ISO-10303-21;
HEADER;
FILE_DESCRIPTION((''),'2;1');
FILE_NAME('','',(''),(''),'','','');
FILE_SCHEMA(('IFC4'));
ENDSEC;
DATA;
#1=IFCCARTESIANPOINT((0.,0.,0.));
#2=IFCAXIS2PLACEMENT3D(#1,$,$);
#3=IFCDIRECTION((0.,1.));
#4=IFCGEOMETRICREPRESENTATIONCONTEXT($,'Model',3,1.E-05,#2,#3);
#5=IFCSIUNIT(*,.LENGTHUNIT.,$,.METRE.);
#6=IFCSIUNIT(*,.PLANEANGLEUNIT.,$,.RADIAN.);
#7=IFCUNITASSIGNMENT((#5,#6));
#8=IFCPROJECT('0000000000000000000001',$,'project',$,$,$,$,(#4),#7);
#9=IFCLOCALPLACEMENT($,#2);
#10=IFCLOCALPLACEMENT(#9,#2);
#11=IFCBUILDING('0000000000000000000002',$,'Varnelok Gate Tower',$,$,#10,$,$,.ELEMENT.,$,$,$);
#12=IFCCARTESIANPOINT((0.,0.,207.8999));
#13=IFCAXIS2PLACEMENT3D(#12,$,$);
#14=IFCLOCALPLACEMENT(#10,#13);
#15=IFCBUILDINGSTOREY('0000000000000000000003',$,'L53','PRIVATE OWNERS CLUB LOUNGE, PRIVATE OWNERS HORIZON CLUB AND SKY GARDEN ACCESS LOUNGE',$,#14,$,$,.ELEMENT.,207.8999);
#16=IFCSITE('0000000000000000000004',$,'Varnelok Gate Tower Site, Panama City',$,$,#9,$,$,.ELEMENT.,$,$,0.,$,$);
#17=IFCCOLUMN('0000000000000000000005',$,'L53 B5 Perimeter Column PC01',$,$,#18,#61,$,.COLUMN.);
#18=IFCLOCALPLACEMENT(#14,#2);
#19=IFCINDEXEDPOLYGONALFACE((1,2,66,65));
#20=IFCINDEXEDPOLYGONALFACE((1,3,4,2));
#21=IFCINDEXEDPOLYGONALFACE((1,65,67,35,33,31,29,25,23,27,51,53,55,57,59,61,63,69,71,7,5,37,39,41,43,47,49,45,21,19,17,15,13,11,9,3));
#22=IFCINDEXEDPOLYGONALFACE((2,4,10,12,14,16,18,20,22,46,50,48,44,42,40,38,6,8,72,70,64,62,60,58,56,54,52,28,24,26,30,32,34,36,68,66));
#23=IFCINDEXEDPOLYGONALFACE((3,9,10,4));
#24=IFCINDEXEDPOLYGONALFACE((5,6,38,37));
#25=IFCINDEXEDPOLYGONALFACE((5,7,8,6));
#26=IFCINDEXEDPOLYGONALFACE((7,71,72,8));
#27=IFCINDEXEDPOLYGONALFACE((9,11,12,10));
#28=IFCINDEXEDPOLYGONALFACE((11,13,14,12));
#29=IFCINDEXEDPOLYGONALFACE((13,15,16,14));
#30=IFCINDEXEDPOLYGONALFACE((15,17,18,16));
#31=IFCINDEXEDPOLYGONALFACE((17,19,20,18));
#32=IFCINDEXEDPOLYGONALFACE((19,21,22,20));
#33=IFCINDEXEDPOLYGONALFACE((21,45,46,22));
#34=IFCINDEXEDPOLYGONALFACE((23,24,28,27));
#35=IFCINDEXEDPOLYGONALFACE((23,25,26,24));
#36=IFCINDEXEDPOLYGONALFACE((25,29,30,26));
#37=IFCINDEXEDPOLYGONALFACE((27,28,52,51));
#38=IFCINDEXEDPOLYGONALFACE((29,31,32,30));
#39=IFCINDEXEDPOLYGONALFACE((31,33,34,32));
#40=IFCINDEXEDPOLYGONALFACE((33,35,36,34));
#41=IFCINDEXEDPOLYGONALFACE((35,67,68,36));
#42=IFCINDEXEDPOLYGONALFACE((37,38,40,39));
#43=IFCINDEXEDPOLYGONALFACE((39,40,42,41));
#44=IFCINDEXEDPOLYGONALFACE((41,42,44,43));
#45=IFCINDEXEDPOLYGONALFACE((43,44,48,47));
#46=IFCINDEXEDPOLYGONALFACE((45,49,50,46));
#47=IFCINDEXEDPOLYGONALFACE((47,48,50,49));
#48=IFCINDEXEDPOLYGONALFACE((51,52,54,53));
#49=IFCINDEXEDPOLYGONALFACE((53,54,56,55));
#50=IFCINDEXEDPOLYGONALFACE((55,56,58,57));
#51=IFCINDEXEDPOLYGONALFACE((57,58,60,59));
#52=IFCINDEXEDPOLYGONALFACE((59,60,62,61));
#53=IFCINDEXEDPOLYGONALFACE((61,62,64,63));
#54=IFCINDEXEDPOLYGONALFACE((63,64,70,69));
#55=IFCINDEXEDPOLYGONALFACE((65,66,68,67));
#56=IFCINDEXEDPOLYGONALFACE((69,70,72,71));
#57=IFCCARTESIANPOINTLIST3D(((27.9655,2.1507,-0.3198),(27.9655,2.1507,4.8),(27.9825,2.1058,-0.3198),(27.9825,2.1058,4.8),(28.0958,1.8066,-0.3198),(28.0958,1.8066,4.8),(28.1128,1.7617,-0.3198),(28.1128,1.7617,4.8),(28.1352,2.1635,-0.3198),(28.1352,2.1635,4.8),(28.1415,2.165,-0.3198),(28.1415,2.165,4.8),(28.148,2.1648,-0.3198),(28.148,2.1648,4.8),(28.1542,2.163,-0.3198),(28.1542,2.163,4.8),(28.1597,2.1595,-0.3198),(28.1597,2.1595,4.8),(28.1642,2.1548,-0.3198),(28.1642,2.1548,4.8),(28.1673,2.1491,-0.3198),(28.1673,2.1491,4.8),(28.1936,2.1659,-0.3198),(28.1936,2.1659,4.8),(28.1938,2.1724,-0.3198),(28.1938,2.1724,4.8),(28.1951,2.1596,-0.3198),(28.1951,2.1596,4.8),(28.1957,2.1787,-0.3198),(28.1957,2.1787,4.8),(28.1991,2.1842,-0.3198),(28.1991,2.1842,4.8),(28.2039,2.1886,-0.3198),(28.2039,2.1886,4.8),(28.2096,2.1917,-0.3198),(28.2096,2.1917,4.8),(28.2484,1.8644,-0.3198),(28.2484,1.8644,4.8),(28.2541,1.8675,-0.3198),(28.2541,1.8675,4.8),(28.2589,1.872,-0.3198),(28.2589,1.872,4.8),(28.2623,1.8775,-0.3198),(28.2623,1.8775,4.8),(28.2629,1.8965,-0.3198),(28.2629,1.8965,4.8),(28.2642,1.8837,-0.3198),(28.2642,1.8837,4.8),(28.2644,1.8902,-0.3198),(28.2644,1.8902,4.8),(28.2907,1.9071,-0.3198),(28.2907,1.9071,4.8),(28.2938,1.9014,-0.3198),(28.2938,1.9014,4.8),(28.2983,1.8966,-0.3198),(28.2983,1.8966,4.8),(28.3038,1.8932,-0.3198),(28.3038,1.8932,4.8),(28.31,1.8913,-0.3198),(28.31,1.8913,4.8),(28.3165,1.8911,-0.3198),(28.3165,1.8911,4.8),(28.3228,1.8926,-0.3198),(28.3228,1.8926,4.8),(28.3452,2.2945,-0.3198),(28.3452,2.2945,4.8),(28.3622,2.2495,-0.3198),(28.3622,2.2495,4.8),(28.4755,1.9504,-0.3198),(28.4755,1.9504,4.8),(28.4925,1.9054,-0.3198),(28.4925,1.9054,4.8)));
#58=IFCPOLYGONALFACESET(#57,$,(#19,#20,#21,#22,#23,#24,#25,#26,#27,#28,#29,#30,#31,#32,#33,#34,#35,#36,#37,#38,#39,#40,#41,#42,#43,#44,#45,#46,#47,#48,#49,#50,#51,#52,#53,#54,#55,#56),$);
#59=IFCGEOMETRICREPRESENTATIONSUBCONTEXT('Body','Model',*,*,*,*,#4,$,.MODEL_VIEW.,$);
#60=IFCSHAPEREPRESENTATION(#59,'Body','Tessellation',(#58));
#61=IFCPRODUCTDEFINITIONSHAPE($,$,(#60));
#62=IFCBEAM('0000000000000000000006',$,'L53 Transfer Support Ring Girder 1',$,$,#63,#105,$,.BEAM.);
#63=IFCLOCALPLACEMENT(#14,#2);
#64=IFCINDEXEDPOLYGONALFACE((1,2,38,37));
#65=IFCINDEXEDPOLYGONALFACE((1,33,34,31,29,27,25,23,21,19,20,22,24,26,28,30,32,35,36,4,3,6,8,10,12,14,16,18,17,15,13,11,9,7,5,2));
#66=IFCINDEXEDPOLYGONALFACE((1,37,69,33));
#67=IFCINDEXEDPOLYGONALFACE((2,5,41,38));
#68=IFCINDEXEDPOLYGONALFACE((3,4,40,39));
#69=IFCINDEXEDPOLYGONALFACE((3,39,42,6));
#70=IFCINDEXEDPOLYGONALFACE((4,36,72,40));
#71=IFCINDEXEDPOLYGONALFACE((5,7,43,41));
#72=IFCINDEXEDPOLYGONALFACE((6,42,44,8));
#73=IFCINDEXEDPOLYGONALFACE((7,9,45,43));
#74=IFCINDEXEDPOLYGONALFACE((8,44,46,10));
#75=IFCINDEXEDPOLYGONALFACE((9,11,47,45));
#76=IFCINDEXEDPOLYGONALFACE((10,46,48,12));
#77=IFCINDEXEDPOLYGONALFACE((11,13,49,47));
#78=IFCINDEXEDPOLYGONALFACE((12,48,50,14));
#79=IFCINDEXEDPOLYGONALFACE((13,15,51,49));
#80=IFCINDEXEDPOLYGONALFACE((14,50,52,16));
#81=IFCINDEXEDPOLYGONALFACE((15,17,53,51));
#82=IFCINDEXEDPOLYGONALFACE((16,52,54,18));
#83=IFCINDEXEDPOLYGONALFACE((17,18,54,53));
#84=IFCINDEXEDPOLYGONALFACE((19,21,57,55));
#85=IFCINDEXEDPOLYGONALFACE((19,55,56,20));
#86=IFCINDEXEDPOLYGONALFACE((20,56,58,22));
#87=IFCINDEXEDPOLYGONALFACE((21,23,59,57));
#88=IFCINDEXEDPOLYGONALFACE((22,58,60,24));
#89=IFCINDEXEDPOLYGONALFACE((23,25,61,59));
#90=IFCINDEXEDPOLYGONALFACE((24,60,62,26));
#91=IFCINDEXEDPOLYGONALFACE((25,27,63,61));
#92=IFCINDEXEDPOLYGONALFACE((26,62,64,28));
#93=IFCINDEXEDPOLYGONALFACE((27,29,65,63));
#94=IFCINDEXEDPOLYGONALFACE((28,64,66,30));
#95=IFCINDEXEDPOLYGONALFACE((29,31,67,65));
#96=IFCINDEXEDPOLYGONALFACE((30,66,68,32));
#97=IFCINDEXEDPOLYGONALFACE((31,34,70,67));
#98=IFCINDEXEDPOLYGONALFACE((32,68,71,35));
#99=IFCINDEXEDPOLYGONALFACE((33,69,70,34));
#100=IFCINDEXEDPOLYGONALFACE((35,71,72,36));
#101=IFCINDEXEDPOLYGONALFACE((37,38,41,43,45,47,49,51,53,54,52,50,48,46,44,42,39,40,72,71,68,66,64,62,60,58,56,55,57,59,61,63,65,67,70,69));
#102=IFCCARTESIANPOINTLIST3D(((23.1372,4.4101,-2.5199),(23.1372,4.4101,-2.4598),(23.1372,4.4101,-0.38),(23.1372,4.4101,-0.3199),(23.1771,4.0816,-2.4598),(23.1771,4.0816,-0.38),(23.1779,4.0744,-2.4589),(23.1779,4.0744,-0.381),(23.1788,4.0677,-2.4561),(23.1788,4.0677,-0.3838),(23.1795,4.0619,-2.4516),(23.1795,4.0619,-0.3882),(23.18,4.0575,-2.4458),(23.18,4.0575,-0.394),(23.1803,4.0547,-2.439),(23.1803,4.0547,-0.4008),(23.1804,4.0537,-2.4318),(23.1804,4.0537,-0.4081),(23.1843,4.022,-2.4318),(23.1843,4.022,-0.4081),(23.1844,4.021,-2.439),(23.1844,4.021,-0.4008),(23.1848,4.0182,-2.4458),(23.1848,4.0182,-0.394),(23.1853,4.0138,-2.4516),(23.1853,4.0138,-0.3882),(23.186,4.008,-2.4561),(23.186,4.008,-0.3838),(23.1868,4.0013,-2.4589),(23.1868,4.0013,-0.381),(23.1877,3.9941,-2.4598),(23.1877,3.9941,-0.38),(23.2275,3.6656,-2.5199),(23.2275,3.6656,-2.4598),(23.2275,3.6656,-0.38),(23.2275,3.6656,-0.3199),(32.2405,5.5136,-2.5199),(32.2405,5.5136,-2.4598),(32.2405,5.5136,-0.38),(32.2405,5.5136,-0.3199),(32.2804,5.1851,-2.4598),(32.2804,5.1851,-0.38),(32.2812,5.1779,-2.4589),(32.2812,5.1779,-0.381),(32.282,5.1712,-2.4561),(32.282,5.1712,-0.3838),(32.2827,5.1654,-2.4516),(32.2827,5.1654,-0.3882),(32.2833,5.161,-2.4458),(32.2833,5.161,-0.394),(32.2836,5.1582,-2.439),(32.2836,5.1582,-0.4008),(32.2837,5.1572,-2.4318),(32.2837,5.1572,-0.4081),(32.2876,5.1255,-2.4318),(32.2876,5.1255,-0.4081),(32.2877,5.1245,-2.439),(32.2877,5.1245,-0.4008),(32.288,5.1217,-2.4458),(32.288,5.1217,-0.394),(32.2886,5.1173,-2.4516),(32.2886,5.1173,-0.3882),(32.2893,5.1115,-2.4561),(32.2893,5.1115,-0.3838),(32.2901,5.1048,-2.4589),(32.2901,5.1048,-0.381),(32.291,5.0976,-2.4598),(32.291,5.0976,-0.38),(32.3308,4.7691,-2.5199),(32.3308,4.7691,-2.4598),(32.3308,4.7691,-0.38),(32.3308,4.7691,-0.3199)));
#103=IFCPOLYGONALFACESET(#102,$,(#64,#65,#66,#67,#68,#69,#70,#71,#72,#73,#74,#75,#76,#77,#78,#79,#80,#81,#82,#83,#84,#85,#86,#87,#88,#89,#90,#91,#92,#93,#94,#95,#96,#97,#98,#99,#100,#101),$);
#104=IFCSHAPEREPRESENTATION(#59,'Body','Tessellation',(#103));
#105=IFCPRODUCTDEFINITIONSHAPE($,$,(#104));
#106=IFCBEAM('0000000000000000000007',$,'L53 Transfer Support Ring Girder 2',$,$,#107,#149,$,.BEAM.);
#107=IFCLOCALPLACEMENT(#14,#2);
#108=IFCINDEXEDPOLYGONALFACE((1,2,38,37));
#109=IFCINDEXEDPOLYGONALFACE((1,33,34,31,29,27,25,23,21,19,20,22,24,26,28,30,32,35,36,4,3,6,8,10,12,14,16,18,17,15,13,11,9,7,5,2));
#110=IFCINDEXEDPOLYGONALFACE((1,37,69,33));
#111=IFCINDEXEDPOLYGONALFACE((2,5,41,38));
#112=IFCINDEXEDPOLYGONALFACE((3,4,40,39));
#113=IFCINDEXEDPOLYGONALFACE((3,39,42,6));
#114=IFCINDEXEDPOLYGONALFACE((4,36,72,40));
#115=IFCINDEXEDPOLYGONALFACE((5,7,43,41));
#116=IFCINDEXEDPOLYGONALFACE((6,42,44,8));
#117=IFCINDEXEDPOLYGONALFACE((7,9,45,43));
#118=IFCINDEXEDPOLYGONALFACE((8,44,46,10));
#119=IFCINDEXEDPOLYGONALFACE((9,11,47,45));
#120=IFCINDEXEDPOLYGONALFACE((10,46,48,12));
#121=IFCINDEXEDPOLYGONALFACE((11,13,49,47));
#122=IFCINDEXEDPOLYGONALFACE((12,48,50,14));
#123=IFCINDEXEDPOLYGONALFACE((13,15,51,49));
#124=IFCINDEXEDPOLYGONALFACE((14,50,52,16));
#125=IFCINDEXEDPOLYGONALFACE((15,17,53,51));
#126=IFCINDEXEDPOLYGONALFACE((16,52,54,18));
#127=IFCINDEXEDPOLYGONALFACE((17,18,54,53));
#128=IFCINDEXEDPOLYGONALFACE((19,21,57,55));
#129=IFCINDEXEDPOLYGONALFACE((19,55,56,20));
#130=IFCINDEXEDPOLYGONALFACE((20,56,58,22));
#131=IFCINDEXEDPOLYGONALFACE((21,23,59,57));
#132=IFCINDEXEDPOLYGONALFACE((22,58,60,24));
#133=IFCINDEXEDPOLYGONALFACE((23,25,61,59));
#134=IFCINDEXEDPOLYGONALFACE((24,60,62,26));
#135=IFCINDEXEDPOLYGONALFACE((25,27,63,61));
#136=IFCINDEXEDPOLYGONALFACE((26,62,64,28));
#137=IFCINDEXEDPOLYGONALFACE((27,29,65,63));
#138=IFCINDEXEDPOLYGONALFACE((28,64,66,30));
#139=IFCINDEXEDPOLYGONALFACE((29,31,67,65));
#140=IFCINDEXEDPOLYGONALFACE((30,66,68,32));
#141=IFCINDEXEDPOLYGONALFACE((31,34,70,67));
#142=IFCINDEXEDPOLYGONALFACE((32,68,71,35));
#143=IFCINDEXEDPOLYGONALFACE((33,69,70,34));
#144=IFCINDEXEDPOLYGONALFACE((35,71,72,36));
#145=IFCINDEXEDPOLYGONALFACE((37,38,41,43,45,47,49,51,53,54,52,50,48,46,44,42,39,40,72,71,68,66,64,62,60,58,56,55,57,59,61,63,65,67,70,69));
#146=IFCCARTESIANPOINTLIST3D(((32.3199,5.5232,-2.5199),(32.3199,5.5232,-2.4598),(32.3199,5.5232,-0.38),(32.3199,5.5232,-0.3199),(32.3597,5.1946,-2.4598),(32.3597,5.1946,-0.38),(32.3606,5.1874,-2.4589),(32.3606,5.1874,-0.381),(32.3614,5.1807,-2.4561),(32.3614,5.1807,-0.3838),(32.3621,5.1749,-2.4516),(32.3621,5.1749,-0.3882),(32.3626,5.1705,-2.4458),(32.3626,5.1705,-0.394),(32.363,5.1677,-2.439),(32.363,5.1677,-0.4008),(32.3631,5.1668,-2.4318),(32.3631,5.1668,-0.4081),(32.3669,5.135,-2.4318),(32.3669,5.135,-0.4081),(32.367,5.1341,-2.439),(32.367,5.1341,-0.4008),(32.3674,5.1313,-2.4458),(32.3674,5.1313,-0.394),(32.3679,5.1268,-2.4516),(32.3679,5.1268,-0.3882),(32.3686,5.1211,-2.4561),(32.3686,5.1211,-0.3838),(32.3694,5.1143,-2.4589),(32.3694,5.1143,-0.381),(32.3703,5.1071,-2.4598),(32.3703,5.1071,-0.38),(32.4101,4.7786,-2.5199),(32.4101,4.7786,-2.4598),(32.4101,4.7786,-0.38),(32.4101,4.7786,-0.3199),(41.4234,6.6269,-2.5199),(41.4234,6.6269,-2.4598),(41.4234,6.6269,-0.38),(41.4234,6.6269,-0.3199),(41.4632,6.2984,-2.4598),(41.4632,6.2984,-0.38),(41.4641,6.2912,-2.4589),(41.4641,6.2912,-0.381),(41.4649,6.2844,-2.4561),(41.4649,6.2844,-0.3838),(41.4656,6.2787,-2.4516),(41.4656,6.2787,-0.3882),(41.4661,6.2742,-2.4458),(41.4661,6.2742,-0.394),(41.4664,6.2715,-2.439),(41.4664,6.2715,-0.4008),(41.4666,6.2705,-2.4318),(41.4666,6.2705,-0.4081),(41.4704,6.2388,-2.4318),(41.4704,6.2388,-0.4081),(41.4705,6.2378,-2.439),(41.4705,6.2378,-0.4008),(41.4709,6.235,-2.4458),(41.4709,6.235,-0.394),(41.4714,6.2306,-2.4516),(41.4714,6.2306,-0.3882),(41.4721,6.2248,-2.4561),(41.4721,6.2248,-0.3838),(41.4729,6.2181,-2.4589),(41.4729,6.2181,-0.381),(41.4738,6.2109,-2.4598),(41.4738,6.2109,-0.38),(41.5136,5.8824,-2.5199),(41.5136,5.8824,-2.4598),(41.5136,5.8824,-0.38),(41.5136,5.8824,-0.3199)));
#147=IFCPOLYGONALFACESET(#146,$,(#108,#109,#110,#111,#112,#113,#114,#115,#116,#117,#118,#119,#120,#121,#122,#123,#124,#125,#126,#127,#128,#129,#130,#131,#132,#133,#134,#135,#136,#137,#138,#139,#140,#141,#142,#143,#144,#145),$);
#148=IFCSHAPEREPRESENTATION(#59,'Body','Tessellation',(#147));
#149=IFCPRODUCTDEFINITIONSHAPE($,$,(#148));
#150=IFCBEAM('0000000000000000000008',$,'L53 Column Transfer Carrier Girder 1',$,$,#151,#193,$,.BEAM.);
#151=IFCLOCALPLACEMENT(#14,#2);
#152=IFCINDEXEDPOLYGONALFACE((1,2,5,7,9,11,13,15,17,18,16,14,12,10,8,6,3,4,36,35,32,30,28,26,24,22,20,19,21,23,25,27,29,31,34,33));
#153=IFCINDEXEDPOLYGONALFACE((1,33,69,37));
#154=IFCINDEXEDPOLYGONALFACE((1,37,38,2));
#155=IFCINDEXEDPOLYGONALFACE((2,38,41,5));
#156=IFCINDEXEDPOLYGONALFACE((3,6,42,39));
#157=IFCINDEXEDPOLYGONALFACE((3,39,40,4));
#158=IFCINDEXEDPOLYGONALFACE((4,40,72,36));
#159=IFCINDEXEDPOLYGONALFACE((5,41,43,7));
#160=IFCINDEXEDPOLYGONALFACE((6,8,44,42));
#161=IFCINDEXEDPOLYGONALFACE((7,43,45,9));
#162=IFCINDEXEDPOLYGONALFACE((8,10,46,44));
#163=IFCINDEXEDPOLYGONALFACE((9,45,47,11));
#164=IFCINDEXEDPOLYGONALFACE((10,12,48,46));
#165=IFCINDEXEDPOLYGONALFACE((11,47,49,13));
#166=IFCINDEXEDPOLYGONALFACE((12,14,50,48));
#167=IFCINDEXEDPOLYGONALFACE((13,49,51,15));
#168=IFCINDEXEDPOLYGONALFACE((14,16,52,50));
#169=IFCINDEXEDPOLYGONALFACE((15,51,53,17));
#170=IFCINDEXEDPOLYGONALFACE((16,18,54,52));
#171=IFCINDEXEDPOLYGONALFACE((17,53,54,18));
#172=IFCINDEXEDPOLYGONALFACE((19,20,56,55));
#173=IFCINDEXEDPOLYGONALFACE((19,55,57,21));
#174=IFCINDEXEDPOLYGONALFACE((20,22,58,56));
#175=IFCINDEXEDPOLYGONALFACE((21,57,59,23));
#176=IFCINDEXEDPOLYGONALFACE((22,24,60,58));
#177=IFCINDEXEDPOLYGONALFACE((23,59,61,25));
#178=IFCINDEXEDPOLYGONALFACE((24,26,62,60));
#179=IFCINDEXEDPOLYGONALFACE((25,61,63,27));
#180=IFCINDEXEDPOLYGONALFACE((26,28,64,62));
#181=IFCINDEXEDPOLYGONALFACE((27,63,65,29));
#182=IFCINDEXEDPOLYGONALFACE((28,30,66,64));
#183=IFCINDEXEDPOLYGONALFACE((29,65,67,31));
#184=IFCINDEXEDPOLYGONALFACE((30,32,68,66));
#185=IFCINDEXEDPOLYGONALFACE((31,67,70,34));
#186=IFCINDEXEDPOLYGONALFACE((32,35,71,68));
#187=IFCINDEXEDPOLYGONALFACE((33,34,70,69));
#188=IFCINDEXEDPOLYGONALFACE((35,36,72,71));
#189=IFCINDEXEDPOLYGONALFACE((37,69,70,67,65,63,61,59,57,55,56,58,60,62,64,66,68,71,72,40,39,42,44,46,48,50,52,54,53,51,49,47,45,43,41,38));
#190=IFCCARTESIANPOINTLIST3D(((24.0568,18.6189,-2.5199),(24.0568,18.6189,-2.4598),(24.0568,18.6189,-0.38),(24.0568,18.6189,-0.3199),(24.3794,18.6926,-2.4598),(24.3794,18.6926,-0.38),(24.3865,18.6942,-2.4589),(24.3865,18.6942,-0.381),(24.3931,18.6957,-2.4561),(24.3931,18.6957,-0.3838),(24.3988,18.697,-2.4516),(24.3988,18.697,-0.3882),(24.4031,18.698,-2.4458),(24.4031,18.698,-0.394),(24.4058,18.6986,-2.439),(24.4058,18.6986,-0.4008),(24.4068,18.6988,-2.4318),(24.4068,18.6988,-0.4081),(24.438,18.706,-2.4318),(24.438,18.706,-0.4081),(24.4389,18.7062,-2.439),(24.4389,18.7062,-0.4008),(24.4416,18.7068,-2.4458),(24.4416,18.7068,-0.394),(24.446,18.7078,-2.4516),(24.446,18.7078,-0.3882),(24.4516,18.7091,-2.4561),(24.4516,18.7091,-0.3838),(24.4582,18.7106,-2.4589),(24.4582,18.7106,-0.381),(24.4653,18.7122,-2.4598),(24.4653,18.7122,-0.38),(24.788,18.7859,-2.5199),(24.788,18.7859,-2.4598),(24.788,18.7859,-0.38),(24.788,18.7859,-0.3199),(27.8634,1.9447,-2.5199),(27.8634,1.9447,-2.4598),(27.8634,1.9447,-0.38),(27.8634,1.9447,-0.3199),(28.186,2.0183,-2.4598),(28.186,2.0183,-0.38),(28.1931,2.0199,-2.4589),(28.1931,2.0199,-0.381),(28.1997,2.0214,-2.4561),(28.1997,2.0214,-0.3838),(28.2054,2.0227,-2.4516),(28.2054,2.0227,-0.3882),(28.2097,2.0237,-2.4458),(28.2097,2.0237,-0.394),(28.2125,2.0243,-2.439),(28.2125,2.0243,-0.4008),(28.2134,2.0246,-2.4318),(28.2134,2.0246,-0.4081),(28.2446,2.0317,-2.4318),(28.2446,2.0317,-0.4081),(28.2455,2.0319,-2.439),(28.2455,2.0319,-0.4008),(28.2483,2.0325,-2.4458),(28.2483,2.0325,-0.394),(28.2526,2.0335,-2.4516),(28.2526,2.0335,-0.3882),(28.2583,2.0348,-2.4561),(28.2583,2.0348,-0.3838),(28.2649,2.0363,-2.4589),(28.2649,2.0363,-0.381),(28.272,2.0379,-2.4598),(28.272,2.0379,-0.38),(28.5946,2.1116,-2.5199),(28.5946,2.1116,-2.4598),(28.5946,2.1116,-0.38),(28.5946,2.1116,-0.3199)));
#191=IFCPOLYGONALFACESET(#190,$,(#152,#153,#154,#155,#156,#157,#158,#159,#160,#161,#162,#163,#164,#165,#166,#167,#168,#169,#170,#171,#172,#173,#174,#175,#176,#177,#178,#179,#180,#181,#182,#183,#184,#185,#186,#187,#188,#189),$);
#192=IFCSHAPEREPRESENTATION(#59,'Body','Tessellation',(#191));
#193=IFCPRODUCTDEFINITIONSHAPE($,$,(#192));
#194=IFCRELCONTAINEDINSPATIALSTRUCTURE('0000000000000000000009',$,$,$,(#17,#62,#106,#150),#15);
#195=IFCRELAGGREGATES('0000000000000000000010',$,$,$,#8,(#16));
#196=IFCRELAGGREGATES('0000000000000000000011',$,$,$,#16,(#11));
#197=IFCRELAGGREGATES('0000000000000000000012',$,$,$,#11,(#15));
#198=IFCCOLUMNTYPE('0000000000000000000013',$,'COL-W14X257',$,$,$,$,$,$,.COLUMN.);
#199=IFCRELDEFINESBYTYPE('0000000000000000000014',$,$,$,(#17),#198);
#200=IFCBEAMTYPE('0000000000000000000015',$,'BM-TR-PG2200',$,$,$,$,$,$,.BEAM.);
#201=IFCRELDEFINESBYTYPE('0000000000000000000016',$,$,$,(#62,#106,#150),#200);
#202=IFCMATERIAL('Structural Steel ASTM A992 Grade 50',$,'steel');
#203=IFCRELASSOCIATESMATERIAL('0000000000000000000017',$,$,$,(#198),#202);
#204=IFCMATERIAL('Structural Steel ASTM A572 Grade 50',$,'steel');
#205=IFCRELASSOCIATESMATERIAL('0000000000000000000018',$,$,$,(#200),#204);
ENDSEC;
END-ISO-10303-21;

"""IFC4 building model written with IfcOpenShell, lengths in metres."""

from ifc_helpers import new_model, si_unit, direction, frame, origin, origin_2d, place, context, subcontext, project, spatial, i_section, extrude, material, material_profile, profile_set, type_object, element, save


model = new_model("IFC4")

# Units and contexts
model_context = context("Model", 3, precision=1e-05, world=origin(), true_north=direction((0.0, 1.0)))
body_context = subcontext(model_context, "Body", "Model", "MODEL_VIEW")
ifc_project = project(units=[si_unit("LENGTHUNIT", "METRE"), si_unit("PLANEANGLEUNIT", "RADIAN")], contexts=[model_context])

# Site, building, storey
site_placement = place(None, origin())
site = spatial("IfcSite", under=ifc_project, at=site_placement, Name="Varnelok Gate Tower Site, Panama City", CompositionType="ELEMENT", RefElevation=0.0)
building_placement = place(site_placement, origin())
building = spatial("IfcBuilding", under=site, at=building_placement, Name="Varnelok Gate Tower", CompositionType="ELEMENT")
storey_placement = place(building_placement, frame((0.0, 0.0, 207.8999)))
storey = spatial("IfcBuildingStorey", under=building, at=storey_placement, Name="L53", Description="PRIVATE OWNERS CLUB LOUNGE, PRIVATE OWNERS HORIZON CLUB AND SKY GARDEN ACCESS LOUNGE", CompositionType="ELEMENT", Elevation=207.8999)

# Column
ifc_material_1 = material(Name="Structural Steel ASTM A992 Grade 50", Category="steel")
ifc_material_profile_1 = material_profile(ifc_material_1, i_section(OverallWidth=0.406, OverallDepth=0.416, WebThickness=0.0298, FlangeThickness=0.0481, FilletRadius=0.0249, at=origin_2d()), Name="W14X257")
ifc_profile_set_1 = profile_set([ifc_material_profile_1], Name="Structural Steel ASTM A992 Grade 50")
column_type = type_object("IfcColumnType", Name="COL-W14X257", PredefinedType="COLUMN", material=ifc_profile_set_1)
column_placement = place(storey_placement, frame((28.229, 2.0281, -0.3198), z_axis=(0.0, 0.0, 1.0), x_axis=(0.935222, 0.354063, 0.0)))
element("IfcColumn", 1, at=column_placement, inside=storey, type_object=column_type, Name="L53 B5 Perimeter Column PC01", PredefinedType="COLUMN", context=body_context, shape_type="SweptSolid", body=[
    extrude(i_section(OverallWidth=0.406, OverallDepth=0.416, WebThickness=0.0298, FlangeThickness=0.0481, FilletRadius=0.0249, at=origin_2d()), origin(), (0.0, 0.0, 1.0), 5.1199),
])

# Beams
ifc_material_2 = material(Name="Structural Steel ASTM A572 Grade 50", Category="steel")
ifc_material_profile_2 = material_profile(ifc_material_2, i_section(OverallWidth=0.75, OverallDepth=2.2, WebThickness=0.032, FlangeThickness=0.0601, FilletRadius=0.0281, at=origin_2d()), Name="PG2200X750")
ifc_profile_set_2 = profile_set([ifc_material_profile_2], Name="Structural Steel ASTM A572 Grade 50")
beam_type = type_object("IfcBeamType", Name="BM-TR-PG2200", PredefinedType="BEAM", material=ifc_profile_set_2)
beam_1_placement = place(storey_placement, frame((23.1824, 4.0378, -1.4199), z_axis=(0.992733, 0.120341, 0.0), x_axis=(-0.120341, 0.992733, 0.0)))
element("IfcBeam", 2, at=beam_1_placement, inside=storey, type_object=beam_type, Name="L53 Transfer Support Ring Girder 1", PredefinedType="BEAM", context=body_context, shape_type="SweptSolid", body=[
    extrude(i_section(OverallWidth=0.75, OverallDepth=2.2, WebThickness=0.032, FlangeThickness=0.0601, FilletRadius=0.0281, at=origin_2d()), origin(), (0.0, 0.0, 1.0), 9.1699),
])
beam_2_placement = place(storey_placement, frame((32.365, 5.1509, -1.4199), z_axis=(0.99273, 0.120364, 0.0), x_axis=(-0.120364, 0.99273, 0.0)))
element("IfcBeam", 3, at=beam_2_placement, inside=storey, type_object=beam_type, Name="L53 Transfer Support Ring Girder 2", PredefinedType="BEAM", context=body_context, shape_type="SweptSolid", body=[
    extrude(i_section(OverallWidth=0.75, OverallDepth=2.2, WebThickness=0.032, FlangeThickness=0.0601, FilletRadius=0.0281, at=origin_2d()), origin(), (0.0, 0.0, 1.0), 9.1702),
])
beam_3_placement = place(storey_placement, frame((24.4224, 18.7024, -1.4199), z_axis=(0.222567, -0.974917, 0.0), x_axis=(0.974917, 0.222567, 0.0)))
element("IfcBeam", 4, at=beam_3_placement, inside=storey, type_object=beam_type, Name="L53 Column Transfer Carrier Girder 1", PredefinedType="BEAM", context=body_context, shape_type="SweptSolid", body=[
    extrude(i_section(OverallWidth=0.75, OverallDepth=2.2, WebThickness=0.032, FlangeThickness=0.0601, FilletRadius=0.0281, at=origin_2d()), origin(), (0.0, 0.0, 1.0), 17.1033),
])

save(model, "model.ifc")
